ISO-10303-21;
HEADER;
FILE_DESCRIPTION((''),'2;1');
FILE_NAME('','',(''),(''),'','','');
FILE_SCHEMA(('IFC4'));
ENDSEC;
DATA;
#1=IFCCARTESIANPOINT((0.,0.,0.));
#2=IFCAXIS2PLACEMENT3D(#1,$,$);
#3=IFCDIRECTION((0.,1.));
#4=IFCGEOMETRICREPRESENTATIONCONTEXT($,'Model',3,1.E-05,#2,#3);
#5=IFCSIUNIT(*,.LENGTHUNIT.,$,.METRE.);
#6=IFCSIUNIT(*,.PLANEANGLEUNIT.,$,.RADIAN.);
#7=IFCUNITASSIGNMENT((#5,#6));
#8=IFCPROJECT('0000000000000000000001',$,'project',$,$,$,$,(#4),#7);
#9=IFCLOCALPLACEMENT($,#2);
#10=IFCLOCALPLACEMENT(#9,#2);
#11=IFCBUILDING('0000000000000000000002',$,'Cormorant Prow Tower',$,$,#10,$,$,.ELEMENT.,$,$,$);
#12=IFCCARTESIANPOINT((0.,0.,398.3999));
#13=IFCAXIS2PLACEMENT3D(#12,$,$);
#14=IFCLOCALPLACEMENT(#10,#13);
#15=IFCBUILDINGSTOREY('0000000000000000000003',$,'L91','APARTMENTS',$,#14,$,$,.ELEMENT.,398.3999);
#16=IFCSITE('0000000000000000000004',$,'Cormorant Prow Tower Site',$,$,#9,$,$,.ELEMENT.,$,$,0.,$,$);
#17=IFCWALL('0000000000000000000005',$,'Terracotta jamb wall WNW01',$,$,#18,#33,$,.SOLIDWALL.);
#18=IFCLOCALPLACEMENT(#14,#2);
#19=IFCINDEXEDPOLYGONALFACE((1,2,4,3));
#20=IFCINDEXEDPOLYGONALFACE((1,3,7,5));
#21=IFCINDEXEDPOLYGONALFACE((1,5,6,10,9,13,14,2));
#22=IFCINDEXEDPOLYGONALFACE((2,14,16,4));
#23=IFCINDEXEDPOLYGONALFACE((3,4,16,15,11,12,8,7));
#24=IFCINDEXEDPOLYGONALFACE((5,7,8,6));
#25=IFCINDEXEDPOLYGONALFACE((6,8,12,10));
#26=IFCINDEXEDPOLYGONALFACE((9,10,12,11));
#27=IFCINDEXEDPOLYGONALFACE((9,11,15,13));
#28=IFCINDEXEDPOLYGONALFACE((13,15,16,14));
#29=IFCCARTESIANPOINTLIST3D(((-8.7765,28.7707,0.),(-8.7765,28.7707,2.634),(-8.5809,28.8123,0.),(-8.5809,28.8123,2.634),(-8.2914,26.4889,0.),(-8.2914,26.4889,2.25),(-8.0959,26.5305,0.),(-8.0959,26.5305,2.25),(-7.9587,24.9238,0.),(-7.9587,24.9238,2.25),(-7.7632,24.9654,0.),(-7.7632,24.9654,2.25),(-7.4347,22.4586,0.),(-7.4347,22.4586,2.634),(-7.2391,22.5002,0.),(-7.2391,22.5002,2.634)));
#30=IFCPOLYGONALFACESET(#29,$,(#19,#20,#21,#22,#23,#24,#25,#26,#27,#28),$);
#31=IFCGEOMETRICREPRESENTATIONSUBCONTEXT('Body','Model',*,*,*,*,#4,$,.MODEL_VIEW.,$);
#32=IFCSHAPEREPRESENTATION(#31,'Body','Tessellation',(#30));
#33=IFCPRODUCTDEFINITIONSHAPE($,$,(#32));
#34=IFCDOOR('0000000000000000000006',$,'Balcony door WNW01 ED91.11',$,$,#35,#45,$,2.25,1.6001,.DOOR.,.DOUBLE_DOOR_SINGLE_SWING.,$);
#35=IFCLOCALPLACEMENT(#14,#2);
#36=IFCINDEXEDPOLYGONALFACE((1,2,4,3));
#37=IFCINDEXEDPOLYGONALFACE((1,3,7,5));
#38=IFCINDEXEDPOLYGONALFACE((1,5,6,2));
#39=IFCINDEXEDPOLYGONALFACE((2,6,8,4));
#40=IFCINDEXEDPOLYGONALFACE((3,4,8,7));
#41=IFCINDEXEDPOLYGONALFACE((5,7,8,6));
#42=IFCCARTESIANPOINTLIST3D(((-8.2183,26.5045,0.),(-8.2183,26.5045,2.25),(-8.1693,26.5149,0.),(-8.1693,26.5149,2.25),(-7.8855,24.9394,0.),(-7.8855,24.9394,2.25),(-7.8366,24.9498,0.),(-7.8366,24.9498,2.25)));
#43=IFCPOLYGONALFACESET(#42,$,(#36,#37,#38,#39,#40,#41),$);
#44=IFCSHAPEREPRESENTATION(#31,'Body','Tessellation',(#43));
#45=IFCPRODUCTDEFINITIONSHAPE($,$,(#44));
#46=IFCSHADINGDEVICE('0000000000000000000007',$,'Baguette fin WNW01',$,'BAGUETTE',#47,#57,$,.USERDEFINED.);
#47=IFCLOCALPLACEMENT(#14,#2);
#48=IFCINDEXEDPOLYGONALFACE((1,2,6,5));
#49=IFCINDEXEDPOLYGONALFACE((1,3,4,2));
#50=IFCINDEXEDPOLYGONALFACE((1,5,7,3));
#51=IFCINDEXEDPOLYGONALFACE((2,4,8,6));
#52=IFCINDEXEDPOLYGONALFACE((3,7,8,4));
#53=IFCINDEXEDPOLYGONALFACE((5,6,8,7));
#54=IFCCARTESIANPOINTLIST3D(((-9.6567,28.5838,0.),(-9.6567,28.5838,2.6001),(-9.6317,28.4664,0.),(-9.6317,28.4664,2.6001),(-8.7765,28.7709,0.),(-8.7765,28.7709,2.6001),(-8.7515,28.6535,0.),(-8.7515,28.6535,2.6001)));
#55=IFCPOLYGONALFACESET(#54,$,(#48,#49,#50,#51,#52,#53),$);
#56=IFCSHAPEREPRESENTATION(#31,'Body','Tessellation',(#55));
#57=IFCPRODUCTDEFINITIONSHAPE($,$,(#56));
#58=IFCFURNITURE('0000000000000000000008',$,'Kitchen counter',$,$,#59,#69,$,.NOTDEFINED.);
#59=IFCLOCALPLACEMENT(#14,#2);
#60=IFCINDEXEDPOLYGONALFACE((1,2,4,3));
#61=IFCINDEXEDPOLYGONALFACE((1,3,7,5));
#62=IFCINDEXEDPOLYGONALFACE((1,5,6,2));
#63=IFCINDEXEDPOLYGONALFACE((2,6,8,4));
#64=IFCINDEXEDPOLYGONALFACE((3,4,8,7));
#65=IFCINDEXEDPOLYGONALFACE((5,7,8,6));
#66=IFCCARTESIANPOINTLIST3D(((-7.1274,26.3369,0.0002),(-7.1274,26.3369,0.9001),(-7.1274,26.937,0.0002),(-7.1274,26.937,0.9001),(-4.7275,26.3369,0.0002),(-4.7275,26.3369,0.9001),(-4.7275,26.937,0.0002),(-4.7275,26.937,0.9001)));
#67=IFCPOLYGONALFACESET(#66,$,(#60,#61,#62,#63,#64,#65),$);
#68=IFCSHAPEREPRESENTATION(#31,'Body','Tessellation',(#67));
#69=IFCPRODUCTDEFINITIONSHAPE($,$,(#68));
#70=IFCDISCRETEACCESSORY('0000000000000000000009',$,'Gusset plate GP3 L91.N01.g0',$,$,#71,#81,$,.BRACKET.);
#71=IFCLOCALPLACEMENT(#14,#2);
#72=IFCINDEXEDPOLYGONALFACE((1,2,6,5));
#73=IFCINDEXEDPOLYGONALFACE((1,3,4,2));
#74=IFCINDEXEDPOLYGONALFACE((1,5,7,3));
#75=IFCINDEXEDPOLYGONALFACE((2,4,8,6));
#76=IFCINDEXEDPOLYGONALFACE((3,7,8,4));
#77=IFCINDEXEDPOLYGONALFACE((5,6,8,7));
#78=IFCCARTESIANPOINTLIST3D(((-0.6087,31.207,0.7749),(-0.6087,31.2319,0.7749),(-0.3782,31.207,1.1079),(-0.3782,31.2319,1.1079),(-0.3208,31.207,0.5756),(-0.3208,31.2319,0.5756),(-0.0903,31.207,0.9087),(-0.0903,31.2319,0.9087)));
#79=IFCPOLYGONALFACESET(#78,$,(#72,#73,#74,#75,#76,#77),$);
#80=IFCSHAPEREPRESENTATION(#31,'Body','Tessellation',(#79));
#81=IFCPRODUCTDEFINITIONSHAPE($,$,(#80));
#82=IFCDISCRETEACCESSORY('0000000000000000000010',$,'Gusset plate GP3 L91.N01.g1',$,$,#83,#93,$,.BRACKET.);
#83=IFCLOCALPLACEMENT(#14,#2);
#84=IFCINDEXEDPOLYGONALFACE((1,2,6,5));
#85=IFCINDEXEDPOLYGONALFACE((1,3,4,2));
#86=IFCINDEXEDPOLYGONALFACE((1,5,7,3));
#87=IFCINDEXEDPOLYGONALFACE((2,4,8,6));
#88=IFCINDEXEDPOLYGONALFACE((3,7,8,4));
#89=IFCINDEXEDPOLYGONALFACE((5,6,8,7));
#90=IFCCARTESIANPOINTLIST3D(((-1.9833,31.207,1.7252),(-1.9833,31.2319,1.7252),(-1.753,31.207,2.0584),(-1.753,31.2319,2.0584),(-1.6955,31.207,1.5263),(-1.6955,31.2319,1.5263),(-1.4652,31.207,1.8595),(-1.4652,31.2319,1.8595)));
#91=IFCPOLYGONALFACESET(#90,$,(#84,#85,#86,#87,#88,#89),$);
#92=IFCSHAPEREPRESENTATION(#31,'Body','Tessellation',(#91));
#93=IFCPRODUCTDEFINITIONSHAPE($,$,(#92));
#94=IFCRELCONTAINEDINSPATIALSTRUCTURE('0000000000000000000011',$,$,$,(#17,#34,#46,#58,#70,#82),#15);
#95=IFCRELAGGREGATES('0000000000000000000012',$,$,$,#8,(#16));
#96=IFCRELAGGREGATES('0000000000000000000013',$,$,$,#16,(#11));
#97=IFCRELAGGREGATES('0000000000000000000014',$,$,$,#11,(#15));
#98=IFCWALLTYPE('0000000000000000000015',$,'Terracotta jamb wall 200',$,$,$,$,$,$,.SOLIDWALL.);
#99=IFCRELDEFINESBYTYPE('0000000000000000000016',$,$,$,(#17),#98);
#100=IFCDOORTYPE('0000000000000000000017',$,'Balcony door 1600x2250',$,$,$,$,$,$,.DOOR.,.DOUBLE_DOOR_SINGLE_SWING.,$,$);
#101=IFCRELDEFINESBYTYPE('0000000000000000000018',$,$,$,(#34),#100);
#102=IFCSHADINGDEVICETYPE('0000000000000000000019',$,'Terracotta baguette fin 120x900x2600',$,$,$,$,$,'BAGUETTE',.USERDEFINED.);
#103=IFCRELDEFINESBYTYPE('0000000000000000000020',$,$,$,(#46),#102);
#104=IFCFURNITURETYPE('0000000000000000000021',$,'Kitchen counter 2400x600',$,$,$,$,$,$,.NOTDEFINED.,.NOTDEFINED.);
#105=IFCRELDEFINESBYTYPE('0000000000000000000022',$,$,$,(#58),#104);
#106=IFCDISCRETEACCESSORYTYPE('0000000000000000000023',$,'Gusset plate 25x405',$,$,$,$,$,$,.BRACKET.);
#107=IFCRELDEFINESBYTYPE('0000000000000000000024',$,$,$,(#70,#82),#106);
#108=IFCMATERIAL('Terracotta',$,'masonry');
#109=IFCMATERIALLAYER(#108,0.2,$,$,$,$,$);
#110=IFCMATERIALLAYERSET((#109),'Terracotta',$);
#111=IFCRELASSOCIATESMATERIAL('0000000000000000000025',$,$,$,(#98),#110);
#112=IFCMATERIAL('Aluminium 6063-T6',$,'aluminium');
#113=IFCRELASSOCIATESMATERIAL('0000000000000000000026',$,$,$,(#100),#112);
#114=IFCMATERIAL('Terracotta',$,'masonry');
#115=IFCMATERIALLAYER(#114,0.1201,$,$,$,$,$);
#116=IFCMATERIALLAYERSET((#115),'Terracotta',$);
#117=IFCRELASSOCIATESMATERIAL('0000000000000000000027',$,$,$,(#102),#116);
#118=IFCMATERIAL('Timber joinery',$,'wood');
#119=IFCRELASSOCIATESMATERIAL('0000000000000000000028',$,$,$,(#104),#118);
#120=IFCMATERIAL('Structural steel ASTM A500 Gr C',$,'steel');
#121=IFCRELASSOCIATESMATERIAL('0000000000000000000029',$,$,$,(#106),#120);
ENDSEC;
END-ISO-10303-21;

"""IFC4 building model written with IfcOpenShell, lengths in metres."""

from ifc_helpers import new_model, si_unit, direction, frame, frame_2d, origin, origin_2d, place, context, subcontext, project, spatial, rectangle, extrude, material, layer, layer_set, material_profile, profile_set, type_object, element, fill, save


model = new_model("IFC4")

# Units and contexts
model_context = context("Model", 3, precision=1e-05, world=origin(), true_north=direction((0.0, 1.0)))
body_context = subcontext(model_context, "Body", "Model", "MODEL_VIEW")
ifc_project = project(units=[si_unit("LENGTHUNIT", "METRE"), si_unit("PLANEANGLEUNIT", "RADIAN")], contexts=[model_context])

# Site, building, storey
site_placement = place(None, origin())
site = spatial("IfcSite", under=ifc_project, at=site_placement, Name="Cormorant Prow Tower Site", CompositionType="ELEMENT", RefElevation=0.0)
building_placement = place(site_placement, origin())
building = spatial("IfcBuilding", under=site, at=building_placement, Name="Cormorant Prow Tower", CompositionType="ELEMENT")
storey_placement = place(building_placement, frame((0.0, 0.0, 398.3999)))
storey = spatial("IfcBuildingStorey", under=building, at=storey_placement, Name="L91", Description="APARTMENTS", CompositionType="ELEMENT", Elevation=398.3999)

# Wall, opening, door
ifc_material_1 = material(Name="Terracotta", Category="masonry")
ifc_layer_1 = layer(ifc_material_1, 0.2)
ifc_layer_set_1 = layer_set([ifc_layer_1], Name="Terracotta")
wall_type_1 = type_object("IfcWallType", Name="Terracotta jamb wall 200", PredefinedType="SOLIDWALL", material=ifc_layer_set_1)
wall_1_placement = place(storey_placement, frame((-8.6787, 28.7915, 0.0), z_axis=(0.0, 0.0, 1.0), x_axis=(0.207932, -0.978143, 0.0)))
wall_1 = element("IfcWall", 1, at=wall_1_placement, inside=storey, type_object=wall_type_1, Name="Terracotta jamb wall WNW01", PredefinedType="SOLIDWALL", context=body_context, shape_type="SweptSolid", body=[
    extrude(rectangle(XDim=6.4531, YDim=0.2, at=frame_2d((3.2266, 0.0))), origin(), (0.0, 0.0, 1.0), 2.634),
])
opening_1_placement = place(wall_1_placement, frame((2.3328, 0.0, 0.0)))
opening_1 = element("IfcOpeningElement", 2, at=opening_1_placement, cuts=wall_1, PredefinedType="OPENING", context=body_context, shape_type="SweptSolid", body=[
    extrude(rectangle(XDim=1.6001, YDim=2.25, at=frame_2d((0.8, 1.125))), frame((0.0, 0.1099, 0.0), z_axis=(0.0, -1.0, 0.0), x_axis=(1.0, 0.0, 0.0)), (0.0, 0.0, 1.0), 0.22),
])
ifc_material_2 = material(Name="Aluminium 6063-T6", Category="aluminium")
door_type_1 = type_object("IfcDoorType", Name="Balcony door 1600x2250", OperationType="DOUBLE_DOOR_SINGLE_SWING", PredefinedType="DOOR", material=ifc_material_2)
door_1_placement = place(opening_1_placement, origin())
door_1 = element("IfcDoor", 3, at=door_1_placement, inside=storey, type_object=door_type_1, Name="Balcony door WNW01 ED91.11", OperationType="DOUBLE_DOOR_SINGLE_SWING", OverallHeight=2.25, OverallWidth=1.6001, PredefinedType="DOOR", context=body_context, shape_type="SweptSolid", body=[
    extrude(rectangle(XDim=1.6001, YDim=2.25, at=frame_2d((0.8, 1.125))), frame((0.0, 0.0249, 0.0), z_axis=(0.0, -1.0, 0.0), x_axis=(1.0, 0.0, 0.0)), (0.0, 0.0, 1.0), 0.05),
])
fill(opening_1, door_1)

# Shading device
ifc_material_3 = material(Name="Terracotta", Category="masonry")
ifc_layer_2 = layer(ifc_material_3, 0.1201)
ifc_layer_set_2 = layer_set([ifc_layer_2], Name="Terracotta")
shading_device_type = type_object("IfcShadingDeviceType", Name="Terracotta baguette fin 120x900x2600", ElementType="BAGUETTE", PredefinedType="USERDEFINED", material=ifc_layer_set_2)
shading_device_placement = place(storey_placement, frame((-9.2041, 28.6187, 0.0), z_axis=(0.0, 0.0, 1.0), x_axis=(0.207912, -0.978148, 0.0)))
element("IfcShadingDevice", 4, at=shading_device_placement, inside=storey, type_object=shading_device_type, Name="Baguette fin WNW01", ObjectType="BAGUETTE", PredefinedType="USERDEFINED", context=body_context, shape_type="SweptSolid", body=[
    extrude(rectangle(XDim=0.1201, YDim=0.8999, at=origin_2d()), origin(), (0.0, 0.0, 1.0), 2.6001),
])

# Furniture
ifc_material_4 = material(Name="Timber joinery", Category="wood")
furniture_type = type_object("IfcFurnitureType", Name="Kitchen counter 2400x600", AssemblyPlace="NOTDEFINED", PredefinedType="NOTDEFINED", material=ifc_material_4)
furniture_placement = place(storey_placement, frame((-5.9275, 26.637, 0.0002), z_axis=(0.0, 0.0, 1.0), x_axis=(1.0, 0.0, 0.0)))
element("IfcFurniture", 5, at=furniture_placement, inside=storey, type_object=furniture_type, Name="Kitchen counter", PredefinedType="NOTDEFINED", context=body_context, shape_type="SweptSolid", body=[
    extrude(rectangle(XDim=2.3999, YDim=0.6001, at=origin_2d()), origin(), (0.0, 0.0, 1.0), 0.8999),
])

# Discrete accessories
ifc_material_5 = material(Name="Structural steel ASTM A500 Gr C", Category="steel")
ifc_material_profile_1 = material_profile(ifc_material_5, rectangle(XDim=0.0249, YDim=0.405, at=origin_2d()), Name="Gusset plate 25x405")
ifc_profile_set_1 = profile_set([ifc_material_profile_1], Name="Structural steel ASTM A500 Gr C")
discrete_accessory_type = type_object("IfcDiscreteAccessoryType", Name="Gusset plate 25x405", PredefinedType="BRACKET", material=ifc_profile_set_1)
discrete_accessory_1_placement = place(storey_placement, frame((-0.4934, 31.2195, 0.9414), z_axis=(0.822268, 0.0, -0.569101), x_axis=(0.0, 1.0, 0.0)))
element("IfcDiscreteAccessory", 6, at=discrete_accessory_1_placement, inside=storey, type_object=discrete_accessory_type, Name="Gusset plate GP3 L91.N01.g0", PredefinedType="BRACKET", context=body_context, shape_type="SweptSolid", body=[
    extrude(rectangle(XDim=0.0249, YDim=0.405, at=origin_2d()), origin(), (0.0, 0.0, 1.0), 0.3501),
])
discrete_accessory_2_placement = place(storey_placement, frame((-1.5803, 31.2195, 1.6929), z_axis=(-0.822594, 0.0, 0.568629), x_axis=(0.0, -1.0, 0.0)))
element("IfcDiscreteAccessory", 7, at=discrete_accessory_2_placement, inside=storey, type_object=discrete_accessory_type, Name="Gusset plate GP3 L91.N01.g1", PredefinedType="BRACKET", context=body_context, shape_type="SweptSolid", body=[
    extrude(rectangle(XDim=0.0249, YDim=0.405, at=origin_2d()), origin(), (0.0, 0.0, 1.0), 0.3499),
])

save(model, "model.ifc")
